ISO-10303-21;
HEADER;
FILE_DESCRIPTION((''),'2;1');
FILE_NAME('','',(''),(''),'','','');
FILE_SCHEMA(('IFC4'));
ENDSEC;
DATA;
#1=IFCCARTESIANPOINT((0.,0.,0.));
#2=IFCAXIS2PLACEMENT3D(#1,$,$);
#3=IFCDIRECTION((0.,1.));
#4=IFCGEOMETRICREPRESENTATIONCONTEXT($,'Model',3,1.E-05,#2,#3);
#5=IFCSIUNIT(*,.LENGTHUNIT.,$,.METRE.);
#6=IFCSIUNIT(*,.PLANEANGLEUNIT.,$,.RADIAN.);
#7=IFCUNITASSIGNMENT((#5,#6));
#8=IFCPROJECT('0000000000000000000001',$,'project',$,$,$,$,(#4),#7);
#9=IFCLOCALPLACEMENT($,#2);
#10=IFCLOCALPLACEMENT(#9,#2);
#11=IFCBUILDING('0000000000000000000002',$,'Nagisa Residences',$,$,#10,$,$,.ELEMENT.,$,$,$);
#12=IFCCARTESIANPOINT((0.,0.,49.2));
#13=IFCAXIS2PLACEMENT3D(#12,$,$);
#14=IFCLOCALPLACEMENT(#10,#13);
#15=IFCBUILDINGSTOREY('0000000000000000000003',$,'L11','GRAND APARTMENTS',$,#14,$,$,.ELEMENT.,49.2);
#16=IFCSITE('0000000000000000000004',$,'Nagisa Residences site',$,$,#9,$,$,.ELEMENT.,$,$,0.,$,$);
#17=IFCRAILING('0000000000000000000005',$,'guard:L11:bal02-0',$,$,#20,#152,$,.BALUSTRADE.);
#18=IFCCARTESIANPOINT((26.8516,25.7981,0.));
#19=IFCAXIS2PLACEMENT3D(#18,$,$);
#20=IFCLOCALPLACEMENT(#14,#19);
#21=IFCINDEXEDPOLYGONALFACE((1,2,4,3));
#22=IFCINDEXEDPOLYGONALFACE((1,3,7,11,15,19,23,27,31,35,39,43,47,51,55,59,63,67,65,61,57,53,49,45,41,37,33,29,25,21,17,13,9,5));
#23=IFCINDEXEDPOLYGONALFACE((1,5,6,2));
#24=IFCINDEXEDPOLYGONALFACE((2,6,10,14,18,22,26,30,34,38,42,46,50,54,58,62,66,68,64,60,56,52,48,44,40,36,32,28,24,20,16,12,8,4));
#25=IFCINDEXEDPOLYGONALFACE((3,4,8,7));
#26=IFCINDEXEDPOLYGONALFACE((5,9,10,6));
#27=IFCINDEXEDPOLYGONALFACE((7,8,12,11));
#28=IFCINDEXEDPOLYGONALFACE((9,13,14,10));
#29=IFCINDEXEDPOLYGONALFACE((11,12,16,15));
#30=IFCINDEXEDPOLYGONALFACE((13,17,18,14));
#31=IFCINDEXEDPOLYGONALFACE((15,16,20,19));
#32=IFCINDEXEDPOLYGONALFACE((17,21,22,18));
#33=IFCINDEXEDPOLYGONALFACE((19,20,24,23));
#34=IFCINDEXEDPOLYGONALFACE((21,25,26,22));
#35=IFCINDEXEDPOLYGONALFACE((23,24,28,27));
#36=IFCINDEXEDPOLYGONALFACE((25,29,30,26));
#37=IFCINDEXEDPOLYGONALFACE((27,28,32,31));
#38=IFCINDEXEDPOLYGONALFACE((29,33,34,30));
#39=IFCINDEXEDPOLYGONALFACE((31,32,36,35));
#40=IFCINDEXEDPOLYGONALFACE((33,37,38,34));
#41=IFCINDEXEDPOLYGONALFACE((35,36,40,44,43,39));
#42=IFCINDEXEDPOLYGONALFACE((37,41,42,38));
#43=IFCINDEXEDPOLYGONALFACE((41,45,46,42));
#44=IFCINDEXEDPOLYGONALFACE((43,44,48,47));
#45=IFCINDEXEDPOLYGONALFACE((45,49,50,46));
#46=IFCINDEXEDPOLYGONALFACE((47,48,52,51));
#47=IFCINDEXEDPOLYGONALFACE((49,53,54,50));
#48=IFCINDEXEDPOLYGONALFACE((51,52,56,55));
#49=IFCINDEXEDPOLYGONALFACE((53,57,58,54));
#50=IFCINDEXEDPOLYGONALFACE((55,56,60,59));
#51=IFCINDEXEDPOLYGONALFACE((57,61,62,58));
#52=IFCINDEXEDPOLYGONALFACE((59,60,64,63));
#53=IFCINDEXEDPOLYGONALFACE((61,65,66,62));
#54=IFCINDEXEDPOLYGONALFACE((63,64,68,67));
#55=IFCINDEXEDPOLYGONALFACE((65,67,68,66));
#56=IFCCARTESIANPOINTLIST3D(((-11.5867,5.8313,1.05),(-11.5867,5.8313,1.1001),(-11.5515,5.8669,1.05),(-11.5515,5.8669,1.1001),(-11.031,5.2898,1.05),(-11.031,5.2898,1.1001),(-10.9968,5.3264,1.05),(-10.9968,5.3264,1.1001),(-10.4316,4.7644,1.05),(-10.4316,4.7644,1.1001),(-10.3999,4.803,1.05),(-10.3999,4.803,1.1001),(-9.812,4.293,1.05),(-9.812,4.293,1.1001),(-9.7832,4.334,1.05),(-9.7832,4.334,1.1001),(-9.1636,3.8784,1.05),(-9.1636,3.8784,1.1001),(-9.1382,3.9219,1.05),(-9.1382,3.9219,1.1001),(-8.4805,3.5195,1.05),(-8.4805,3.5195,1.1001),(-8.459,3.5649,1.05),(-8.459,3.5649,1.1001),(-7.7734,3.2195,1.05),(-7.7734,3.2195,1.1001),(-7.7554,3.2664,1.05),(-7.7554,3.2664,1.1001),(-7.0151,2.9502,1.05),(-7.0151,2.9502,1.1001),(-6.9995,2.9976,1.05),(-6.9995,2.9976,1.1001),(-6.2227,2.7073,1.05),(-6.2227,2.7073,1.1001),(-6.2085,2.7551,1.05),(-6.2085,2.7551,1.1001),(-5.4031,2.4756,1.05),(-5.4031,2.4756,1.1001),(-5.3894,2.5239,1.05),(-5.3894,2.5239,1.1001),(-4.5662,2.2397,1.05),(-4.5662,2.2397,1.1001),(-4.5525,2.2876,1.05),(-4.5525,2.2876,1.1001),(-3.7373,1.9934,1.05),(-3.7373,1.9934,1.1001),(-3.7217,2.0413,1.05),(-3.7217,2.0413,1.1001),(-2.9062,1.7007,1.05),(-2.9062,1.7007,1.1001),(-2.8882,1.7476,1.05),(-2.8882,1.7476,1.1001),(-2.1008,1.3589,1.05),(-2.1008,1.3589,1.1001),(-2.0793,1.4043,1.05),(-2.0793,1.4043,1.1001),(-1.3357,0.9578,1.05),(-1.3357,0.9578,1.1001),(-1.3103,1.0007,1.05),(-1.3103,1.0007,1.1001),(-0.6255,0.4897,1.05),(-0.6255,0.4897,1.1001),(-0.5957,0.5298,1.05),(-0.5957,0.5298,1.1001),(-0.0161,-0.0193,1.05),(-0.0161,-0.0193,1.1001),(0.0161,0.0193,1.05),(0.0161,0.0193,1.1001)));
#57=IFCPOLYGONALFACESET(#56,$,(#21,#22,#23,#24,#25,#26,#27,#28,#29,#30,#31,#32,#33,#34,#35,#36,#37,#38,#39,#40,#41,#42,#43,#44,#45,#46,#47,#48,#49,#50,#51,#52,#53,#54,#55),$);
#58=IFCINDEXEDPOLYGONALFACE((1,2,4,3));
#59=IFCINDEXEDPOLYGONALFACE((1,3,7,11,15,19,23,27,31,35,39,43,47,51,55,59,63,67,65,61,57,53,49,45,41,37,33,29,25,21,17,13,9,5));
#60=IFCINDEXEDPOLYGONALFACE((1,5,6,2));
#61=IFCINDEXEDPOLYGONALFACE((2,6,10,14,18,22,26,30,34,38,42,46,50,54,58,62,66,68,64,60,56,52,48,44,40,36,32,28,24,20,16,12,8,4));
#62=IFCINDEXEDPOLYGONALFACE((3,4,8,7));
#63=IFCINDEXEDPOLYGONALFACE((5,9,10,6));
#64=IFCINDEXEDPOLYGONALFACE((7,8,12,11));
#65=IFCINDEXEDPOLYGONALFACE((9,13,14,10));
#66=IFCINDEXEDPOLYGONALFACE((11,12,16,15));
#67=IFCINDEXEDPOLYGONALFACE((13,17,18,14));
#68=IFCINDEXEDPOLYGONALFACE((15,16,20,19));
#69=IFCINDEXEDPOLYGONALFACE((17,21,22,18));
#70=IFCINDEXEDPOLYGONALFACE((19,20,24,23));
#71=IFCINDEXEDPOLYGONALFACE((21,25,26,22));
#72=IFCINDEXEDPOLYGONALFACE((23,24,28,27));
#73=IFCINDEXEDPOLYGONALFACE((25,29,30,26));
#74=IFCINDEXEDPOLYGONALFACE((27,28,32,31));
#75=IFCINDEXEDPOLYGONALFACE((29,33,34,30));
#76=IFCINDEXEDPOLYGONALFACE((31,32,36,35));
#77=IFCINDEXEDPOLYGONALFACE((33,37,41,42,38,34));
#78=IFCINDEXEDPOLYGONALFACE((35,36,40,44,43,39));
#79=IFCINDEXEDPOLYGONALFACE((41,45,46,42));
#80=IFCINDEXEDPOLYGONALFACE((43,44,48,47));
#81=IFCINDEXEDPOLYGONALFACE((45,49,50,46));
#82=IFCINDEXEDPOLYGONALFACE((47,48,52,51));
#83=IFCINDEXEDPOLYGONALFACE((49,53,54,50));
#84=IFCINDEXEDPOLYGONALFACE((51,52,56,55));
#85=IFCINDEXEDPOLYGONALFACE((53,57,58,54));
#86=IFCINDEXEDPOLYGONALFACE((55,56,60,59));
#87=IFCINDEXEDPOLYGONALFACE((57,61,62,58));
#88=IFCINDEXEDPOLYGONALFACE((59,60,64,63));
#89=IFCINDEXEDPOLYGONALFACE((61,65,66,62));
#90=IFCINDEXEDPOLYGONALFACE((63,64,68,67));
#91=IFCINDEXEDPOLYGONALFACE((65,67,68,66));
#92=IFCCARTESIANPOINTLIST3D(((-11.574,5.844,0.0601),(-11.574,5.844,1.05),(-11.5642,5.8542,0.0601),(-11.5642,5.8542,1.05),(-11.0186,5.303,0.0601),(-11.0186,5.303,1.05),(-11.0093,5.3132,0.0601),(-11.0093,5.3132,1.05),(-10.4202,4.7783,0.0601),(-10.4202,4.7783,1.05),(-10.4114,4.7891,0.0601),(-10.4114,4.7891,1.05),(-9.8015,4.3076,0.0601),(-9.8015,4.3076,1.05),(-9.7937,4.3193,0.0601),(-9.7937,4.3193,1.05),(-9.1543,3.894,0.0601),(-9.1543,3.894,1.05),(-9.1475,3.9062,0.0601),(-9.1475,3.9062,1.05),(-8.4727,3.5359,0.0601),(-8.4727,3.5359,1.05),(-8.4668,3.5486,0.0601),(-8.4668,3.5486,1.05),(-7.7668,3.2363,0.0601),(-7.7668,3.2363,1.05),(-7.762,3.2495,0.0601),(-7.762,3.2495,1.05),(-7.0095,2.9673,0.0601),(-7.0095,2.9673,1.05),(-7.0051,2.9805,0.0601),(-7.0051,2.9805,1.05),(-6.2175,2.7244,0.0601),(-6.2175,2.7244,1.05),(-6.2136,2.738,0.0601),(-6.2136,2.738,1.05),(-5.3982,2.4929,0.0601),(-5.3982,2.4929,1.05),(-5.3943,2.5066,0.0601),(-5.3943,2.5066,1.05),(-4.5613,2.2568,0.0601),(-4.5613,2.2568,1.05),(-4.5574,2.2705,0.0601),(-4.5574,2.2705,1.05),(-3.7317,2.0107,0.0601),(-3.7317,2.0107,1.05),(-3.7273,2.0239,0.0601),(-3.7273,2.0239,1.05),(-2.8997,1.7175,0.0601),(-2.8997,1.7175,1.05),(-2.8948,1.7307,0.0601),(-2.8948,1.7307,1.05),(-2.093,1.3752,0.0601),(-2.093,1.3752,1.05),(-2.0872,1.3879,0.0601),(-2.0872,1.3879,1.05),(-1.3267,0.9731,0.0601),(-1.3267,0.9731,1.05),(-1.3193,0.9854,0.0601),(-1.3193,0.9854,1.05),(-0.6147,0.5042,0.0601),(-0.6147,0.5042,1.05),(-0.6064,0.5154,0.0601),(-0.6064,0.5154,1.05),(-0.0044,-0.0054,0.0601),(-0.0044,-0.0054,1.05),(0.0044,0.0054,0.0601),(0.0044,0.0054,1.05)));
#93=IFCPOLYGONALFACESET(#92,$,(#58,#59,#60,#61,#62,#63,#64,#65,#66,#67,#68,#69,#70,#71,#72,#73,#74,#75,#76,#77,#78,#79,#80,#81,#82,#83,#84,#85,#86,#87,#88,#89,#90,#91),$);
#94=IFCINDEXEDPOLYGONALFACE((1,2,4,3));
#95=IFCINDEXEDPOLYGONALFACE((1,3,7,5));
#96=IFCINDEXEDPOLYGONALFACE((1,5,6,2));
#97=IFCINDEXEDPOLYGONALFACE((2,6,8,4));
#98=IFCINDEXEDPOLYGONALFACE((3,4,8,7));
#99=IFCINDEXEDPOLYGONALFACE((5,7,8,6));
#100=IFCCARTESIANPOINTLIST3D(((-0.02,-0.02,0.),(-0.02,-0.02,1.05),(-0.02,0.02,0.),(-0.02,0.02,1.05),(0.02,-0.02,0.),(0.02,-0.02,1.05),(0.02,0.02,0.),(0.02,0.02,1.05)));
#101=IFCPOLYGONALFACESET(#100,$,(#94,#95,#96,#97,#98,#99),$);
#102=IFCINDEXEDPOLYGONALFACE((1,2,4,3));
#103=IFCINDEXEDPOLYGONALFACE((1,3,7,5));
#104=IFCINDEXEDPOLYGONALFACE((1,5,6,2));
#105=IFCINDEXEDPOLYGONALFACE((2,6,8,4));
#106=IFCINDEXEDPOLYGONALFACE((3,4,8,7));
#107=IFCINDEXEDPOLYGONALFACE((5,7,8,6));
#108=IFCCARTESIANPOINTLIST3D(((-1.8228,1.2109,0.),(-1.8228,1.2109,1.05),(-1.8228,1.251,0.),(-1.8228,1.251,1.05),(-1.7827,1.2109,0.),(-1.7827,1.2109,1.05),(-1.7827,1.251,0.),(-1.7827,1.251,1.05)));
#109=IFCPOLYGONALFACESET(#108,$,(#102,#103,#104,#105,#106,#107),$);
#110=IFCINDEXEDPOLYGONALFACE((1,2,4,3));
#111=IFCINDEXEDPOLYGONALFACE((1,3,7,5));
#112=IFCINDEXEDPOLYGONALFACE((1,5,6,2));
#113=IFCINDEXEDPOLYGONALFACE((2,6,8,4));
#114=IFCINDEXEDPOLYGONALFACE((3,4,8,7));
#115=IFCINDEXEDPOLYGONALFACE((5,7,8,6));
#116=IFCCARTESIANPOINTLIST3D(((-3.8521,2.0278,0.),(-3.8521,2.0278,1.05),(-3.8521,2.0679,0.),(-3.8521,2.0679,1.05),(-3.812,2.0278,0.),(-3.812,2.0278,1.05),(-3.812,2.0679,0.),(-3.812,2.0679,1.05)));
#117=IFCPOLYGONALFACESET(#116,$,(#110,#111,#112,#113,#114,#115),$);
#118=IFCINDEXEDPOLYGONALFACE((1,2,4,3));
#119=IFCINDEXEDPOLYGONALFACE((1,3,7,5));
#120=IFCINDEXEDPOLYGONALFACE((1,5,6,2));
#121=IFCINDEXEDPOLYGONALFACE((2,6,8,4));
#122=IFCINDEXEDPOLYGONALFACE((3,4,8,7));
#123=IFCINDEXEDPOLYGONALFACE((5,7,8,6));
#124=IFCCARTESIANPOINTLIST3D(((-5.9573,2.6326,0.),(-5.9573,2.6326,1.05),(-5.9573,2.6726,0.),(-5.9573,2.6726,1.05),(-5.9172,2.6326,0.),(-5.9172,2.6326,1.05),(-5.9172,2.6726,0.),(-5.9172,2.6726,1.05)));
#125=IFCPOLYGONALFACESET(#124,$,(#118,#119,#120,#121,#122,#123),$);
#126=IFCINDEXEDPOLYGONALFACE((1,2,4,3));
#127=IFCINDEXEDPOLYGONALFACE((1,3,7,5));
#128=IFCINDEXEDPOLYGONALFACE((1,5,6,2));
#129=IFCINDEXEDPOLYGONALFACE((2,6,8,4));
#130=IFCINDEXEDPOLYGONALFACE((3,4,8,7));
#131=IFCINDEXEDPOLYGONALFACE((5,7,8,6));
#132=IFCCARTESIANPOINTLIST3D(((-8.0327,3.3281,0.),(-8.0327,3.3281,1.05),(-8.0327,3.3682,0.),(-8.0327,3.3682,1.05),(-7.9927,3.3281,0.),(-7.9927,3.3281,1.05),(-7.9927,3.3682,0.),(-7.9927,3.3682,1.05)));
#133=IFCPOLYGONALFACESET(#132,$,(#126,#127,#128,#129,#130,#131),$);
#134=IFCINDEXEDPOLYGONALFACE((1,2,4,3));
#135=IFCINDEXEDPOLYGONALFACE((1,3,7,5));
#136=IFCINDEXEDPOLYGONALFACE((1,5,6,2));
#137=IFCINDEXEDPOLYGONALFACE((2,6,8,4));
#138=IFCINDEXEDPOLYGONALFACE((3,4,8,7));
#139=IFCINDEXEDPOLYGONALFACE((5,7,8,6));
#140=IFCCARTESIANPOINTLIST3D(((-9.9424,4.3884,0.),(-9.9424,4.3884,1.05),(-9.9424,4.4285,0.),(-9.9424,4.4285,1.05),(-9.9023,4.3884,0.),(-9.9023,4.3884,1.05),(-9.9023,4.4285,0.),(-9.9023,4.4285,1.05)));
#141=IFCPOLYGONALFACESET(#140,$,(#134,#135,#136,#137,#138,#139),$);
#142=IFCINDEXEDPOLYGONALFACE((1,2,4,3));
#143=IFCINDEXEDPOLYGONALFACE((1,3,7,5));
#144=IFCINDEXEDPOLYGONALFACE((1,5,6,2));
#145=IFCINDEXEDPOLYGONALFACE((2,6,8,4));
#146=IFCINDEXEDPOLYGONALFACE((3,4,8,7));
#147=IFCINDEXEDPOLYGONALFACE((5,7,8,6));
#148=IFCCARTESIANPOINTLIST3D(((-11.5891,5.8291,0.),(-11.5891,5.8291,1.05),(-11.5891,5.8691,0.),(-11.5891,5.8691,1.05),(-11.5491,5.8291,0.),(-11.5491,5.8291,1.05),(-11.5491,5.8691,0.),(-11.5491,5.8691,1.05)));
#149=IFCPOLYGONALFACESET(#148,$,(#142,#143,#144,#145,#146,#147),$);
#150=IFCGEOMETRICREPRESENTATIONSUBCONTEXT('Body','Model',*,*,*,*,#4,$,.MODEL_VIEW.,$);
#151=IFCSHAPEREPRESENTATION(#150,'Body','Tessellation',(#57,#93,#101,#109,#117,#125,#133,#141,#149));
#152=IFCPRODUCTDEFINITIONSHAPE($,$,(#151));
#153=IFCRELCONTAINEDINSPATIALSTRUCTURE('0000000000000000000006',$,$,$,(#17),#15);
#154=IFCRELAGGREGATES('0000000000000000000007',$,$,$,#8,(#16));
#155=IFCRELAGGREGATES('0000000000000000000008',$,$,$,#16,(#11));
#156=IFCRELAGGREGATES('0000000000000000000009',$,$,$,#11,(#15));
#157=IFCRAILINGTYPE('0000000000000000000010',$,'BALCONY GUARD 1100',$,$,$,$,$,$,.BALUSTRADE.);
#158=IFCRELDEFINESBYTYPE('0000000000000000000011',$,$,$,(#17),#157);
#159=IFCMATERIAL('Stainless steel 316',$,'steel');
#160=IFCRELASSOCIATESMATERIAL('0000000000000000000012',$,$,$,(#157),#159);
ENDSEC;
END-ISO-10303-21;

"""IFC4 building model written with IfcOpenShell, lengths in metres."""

from ifc_helpers import new_model, si_unit, direction, frame, origin, origin_2d, place, context, subcontext, project, spatial, polyline, rectangle, outline, extrude, material, type_object, element, save


model = new_model("IFC4")

# Units and contexts
model_context = context("Model", 3, precision=1e-05, world=origin(), true_north=direction((0.0, 1.0)))
body_context = subcontext(model_context, "Body", "Model", "MODEL_VIEW")
ifc_project = project(units=[si_unit("LENGTHUNIT", "METRE"), si_unit("PLANEANGLEUNIT", "RADIAN")], contexts=[model_context])

# Site, building, storey
site_placement = place(None, origin())
site = spatial("IfcSite", under=ifc_project, at=site_placement, Name="Nagisa Residences site", CompositionType="ELEMENT", RefElevation=0.0)
building_placement = place(site_placement, origin())
building = spatial("IfcBuilding", under=site, at=building_placement, Name="Nagisa Residences", CompositionType="ELEMENT")
storey_placement = place(building_placement, frame((0.0, 0.0, 49.2)))
storey = spatial("IfcBuildingStorey", under=building, at=storey_placement, Name="L11", Description="GRAND APARTMENTS", CompositionType="ELEMENT", Elevation=49.2)

# Railing
ifc_material_1 = material(Name="Stainless steel 316", Category="steel")
railing_type = type_object("IfcRailingType", Name="BALCONY GUARD 1100", PredefinedType="BALUSTRADE", material=ifc_material_1)
railing_1_placement = place(storey_placement, frame((26.8516, 25.7981, 0.0)))
element("IfcRailing", 1, at=railing_1_placement, inside=storey, type_object=railing_type, Name="guard:L11:bal02-0", PredefinedType="BALUSTRADE", context=body_context, shape_type="SweptSolid", body=[
    extrude(outline(polyline([(-0.6255, 0.4897), (-0.0161, -0.0193), (0.0161, 0.0193), (-0.5957, 0.5298), (-1.3103, 1.0007), (-2.0793, 1.4043), (-2.8882, 1.7476), (-3.7217, 2.0413), (-4.5525, 2.2876), (-5.3894, 2.5239), (-6.2085, 2.7551), (-6.9995, 2.9976), (-7.7554, 3.2664), (-8.459, 3.5649), (-9.1382, 3.9219), (-9.7832, 4.334), (-10.3999, 4.803), (-10.9968, 5.3264), (-11.5515, 5.8669), (-11.5867, 5.8313), (-11.031, 5.2898), (-10.4316, 4.7644), (-9.812, 4.293), (-9.1636, 3.8784), (-8.4805, 3.5195), (-7.7734, 3.2195), (-7.0151, 2.9502), (-6.2227, 2.7073), (-5.4031, 2.4756), (-4.5662, 2.2397), (-3.7373, 1.9934), (-2.9062, 1.7007), (-2.1008, 1.3589), (-1.3357, 0.9578), (-0.6255, 0.4897)])), frame((0.0, 0.0, 1.05)), (0.0, 0.0, 1.0), 0.05),
    extrude(outline(polyline([(-0.6147, 0.5042), (-0.0044, -0.0054), (0.0044, 0.0054), (-0.6064, 0.5154), (-1.3193, 0.9854), (-2.0872, 1.3879), (-2.8948, 1.7307), (-3.7273, 2.0239), (-4.5574, 2.2705), (-5.3943, 2.5066), (-6.2136, 2.738), (-7.0051, 2.9805), (-7.762, 3.2495), (-8.4668, 3.5486), (-9.1475, 3.9062), (-9.7937, 4.3193), (-10.4114, 4.7891), (-11.0093, 5.3132), (-11.5642, 5.8542), (-11.574, 5.844), (-11.0186, 5.303), (-10.4202, 4.7783), (-9.8015, 4.3076), (-9.1543, 3.894), (-8.4727, 3.5359), (-7.7668, 3.2363), (-7.0095, 2.9673), (-6.2175, 2.7244), (-5.3982, 2.4929), (-4.5613, 2.2568), (-3.7317, 2.0107), (-2.8997, 1.7175), (-2.093, 1.3752), (-1.3267, 0.9731), (-0.6147, 0.5042)])), frame((0.0, 0.0, 0.0601)), (0.0, 0.0, 1.0), 0.99),
    extrude(rectangle(XDim=0.04, YDim=0.04, at=origin_2d()), origin(), (0.0, 0.0, 1.0), 1.05),
    extrude(rectangle(XDim=0.04, YDim=0.04, at=origin_2d()), frame((-1.8027, 1.231, 0.0)), (0.0, 0.0, 1.0), 1.05),
    extrude(rectangle(XDim=0.04, YDim=0.04, at=origin_2d()), frame((-3.832, 2.0479, 0.0)), (0.0, 0.0, 1.0), 1.05),
    extrude(rectangle(XDim=0.04, YDim=0.04, at=origin_2d()), frame((-5.9373, 2.6526, 0.0)), (0.0, 0.0, 1.0), 1.05),
    extrude(rectangle(XDim=0.04, YDim=0.04, at=origin_2d()), frame((-8.0127, 3.3481, 0.0)), (0.0, 0.0, 1.0), 1.05),
    extrude(rectangle(XDim=0.04, YDim=0.04, at=origin_2d()), frame((-9.9224, 4.4084, 0.0)), (0.0, 0.0, 1.0), 1.05),
    extrude(rectangle(XDim=0.04, YDim=0.04, at=origin_2d()), frame((-11.5691, 5.8491, 0.0)), (0.0, 0.0, 1.0), 1.05),
])

save(model, "model.ifc")
